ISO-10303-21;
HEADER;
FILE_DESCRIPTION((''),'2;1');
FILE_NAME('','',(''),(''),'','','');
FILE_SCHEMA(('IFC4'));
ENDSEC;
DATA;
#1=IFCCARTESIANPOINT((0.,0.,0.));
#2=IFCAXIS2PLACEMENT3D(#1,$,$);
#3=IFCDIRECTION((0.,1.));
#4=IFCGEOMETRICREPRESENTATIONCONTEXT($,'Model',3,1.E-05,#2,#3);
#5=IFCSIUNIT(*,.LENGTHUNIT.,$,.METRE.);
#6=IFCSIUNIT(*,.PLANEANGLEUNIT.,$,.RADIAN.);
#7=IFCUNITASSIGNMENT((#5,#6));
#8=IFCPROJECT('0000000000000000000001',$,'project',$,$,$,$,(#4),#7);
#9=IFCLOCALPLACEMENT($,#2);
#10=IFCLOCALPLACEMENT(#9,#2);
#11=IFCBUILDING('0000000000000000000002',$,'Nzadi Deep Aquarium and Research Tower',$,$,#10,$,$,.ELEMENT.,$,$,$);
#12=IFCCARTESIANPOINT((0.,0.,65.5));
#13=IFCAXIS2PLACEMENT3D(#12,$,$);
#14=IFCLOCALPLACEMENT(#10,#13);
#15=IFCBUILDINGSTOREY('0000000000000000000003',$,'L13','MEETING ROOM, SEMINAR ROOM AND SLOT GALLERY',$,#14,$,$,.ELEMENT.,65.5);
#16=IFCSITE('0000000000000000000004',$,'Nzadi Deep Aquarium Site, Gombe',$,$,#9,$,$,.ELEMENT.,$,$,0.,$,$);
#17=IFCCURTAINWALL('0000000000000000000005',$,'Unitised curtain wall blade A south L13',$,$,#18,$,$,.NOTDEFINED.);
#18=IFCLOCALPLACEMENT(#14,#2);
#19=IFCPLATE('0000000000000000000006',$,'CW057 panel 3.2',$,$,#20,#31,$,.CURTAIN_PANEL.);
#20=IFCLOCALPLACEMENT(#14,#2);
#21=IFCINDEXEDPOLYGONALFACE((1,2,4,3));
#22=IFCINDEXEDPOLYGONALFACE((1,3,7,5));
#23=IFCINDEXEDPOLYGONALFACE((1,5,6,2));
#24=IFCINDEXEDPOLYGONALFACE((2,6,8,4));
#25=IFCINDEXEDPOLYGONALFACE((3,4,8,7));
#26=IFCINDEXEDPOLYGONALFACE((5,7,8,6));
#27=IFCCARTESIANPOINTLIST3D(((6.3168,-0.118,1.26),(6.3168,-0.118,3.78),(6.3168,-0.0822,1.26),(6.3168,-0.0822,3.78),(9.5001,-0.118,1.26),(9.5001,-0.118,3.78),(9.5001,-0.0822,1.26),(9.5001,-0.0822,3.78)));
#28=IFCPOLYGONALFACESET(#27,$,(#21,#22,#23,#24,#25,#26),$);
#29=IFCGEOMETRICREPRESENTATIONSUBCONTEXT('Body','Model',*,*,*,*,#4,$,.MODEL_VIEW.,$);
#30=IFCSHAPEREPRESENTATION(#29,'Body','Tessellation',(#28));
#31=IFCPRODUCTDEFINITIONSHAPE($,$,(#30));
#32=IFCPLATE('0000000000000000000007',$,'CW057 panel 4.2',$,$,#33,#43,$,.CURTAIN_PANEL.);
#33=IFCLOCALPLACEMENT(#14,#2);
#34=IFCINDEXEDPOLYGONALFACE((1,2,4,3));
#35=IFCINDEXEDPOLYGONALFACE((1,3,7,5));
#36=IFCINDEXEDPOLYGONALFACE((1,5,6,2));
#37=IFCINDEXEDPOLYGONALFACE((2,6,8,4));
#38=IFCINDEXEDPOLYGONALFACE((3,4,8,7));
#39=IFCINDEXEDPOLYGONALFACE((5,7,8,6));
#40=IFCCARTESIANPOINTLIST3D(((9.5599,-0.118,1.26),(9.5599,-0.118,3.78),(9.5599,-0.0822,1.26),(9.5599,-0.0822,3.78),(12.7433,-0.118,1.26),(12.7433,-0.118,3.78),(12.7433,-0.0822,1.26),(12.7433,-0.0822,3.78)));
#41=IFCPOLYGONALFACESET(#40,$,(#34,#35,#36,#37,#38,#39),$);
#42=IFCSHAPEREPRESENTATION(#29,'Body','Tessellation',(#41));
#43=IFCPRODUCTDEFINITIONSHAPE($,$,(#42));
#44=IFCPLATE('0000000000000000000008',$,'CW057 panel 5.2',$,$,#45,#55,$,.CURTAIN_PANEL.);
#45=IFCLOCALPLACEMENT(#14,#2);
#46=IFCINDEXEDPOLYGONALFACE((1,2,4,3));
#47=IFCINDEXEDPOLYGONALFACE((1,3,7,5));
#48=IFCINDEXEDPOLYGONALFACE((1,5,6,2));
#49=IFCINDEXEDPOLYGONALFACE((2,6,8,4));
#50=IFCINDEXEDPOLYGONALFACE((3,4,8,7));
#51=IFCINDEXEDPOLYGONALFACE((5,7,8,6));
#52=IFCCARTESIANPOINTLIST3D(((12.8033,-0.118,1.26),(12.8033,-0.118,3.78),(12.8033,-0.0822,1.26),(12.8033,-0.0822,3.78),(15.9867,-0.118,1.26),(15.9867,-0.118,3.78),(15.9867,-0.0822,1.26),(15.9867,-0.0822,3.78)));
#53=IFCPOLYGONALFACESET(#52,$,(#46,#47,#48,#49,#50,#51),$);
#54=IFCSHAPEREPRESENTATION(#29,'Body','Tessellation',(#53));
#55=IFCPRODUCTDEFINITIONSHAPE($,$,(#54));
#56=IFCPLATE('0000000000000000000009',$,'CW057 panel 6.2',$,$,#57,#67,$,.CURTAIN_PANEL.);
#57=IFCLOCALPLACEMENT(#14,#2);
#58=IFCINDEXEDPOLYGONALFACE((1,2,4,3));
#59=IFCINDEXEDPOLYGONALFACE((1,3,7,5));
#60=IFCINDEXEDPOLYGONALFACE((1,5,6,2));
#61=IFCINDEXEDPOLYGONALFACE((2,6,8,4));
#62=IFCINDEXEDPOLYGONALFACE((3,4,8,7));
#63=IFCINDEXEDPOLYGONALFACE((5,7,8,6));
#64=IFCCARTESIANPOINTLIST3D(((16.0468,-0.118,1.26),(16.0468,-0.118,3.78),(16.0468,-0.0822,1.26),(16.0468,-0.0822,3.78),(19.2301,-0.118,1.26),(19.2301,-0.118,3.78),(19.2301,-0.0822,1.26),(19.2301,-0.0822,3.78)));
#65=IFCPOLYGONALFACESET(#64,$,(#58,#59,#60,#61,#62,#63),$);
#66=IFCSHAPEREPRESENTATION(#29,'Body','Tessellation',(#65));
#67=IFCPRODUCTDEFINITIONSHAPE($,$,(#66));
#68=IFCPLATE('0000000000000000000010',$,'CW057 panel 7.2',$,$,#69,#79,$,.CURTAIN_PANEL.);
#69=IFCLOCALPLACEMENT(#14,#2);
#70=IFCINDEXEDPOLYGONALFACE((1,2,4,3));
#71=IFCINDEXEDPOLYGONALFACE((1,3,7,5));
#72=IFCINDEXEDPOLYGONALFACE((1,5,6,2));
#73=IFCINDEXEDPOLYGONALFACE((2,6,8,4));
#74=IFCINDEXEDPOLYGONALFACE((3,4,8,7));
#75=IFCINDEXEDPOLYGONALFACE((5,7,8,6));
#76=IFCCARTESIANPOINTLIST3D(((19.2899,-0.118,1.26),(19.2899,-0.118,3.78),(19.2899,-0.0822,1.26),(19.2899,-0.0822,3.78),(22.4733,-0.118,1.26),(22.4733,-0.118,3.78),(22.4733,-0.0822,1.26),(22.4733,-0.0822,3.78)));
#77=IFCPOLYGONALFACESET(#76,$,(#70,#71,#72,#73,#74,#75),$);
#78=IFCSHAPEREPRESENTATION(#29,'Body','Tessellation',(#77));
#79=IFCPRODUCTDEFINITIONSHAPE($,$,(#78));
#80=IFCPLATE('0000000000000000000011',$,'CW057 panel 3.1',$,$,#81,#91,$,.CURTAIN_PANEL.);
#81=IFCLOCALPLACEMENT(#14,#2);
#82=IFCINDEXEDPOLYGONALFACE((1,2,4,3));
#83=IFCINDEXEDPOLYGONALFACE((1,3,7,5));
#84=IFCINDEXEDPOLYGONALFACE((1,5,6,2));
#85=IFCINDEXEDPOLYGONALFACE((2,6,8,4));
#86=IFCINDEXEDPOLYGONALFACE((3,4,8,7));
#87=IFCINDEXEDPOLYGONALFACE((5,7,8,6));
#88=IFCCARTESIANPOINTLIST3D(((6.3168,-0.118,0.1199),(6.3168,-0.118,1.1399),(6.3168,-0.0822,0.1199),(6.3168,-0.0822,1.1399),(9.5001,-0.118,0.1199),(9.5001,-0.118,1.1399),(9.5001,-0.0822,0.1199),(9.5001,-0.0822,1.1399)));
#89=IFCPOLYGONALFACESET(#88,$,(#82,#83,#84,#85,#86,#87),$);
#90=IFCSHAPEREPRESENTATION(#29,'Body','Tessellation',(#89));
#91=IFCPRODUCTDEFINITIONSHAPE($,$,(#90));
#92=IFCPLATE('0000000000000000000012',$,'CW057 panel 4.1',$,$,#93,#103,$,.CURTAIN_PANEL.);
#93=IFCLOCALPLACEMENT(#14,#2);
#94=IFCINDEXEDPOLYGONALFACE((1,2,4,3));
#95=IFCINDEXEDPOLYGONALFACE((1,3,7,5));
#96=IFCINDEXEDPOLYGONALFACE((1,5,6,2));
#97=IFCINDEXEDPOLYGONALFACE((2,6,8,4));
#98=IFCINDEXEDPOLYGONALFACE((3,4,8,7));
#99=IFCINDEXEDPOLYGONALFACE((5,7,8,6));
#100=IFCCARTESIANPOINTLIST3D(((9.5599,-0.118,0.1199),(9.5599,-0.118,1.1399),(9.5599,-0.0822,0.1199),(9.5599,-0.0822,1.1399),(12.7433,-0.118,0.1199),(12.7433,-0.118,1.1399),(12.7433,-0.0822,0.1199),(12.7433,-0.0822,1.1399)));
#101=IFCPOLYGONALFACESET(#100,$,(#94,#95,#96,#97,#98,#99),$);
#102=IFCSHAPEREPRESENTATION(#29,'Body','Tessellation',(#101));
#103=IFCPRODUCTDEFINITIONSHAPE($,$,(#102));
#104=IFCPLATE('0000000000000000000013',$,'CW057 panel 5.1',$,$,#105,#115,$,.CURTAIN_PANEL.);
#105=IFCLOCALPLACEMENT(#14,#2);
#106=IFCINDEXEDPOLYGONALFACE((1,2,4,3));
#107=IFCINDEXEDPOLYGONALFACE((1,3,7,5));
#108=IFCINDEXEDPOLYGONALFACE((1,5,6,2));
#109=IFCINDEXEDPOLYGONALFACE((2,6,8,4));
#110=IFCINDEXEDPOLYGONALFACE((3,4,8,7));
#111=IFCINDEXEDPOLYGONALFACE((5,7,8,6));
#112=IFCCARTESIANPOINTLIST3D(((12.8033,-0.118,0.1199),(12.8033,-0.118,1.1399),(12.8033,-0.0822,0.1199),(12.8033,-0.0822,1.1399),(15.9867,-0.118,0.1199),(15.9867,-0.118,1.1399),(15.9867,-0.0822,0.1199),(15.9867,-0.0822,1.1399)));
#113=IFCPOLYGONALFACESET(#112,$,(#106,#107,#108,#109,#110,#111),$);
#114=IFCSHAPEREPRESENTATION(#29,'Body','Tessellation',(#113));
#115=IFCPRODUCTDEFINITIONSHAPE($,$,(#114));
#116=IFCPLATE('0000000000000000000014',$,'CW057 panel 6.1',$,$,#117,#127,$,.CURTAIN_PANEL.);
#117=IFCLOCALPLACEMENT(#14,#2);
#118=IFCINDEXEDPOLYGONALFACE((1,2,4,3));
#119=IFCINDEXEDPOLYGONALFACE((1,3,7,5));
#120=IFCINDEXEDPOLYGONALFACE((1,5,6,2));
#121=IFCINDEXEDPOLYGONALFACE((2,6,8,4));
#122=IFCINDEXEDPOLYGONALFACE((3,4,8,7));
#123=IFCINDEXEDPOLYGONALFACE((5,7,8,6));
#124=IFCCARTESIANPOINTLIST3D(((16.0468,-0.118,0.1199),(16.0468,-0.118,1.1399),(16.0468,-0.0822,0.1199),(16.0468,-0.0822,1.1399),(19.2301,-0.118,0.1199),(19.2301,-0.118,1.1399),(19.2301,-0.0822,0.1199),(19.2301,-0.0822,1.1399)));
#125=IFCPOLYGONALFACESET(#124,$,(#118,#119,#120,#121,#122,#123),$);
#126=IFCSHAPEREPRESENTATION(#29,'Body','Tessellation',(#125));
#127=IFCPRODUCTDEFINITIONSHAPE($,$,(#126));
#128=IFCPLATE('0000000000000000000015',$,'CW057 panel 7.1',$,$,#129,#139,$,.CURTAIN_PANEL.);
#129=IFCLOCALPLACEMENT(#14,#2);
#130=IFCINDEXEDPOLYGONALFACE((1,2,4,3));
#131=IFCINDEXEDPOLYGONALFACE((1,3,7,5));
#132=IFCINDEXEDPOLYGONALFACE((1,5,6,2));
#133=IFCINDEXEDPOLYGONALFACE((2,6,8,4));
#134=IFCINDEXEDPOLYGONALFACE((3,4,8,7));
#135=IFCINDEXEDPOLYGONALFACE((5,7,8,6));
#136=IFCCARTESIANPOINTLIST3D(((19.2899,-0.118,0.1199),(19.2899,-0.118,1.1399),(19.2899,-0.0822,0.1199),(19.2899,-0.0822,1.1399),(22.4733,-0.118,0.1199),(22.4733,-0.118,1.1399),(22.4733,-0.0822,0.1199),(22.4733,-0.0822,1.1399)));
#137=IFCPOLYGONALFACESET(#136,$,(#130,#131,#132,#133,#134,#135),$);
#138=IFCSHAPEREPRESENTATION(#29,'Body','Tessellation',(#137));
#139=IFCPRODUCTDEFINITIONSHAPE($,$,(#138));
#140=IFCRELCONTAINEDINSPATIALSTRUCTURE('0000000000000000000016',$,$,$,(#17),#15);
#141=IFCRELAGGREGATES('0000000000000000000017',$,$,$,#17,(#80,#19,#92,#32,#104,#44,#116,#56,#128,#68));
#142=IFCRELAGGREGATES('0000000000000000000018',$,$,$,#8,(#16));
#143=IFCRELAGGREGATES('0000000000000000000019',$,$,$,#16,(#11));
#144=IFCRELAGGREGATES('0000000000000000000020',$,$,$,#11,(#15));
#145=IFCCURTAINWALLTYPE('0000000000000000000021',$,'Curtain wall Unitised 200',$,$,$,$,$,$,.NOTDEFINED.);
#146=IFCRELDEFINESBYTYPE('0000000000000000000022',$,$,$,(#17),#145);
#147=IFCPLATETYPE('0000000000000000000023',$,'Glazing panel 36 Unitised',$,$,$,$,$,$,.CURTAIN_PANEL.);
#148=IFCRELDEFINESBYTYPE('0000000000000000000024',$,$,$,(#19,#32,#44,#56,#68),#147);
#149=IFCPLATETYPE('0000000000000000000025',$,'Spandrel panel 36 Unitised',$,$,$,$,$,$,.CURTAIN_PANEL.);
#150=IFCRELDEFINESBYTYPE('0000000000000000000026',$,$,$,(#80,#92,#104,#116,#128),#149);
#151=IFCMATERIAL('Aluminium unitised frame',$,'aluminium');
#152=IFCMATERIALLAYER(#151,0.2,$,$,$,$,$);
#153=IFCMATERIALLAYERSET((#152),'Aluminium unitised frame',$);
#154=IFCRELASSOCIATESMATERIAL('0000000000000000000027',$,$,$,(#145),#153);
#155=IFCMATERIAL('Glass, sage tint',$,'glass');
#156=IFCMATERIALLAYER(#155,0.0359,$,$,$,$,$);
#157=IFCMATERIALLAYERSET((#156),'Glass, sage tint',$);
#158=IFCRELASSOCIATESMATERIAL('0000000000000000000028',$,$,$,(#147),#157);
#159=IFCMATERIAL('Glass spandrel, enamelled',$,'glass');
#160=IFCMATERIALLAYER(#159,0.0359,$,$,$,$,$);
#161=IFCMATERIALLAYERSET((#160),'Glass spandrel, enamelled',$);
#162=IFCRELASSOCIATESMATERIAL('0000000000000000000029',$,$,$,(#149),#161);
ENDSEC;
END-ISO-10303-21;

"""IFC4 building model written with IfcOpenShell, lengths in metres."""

from ifc_helpers import new_model, si_unit, direction, frame, origin, origin_2d, place, context, subcontext, project, spatial, rectangle, extrude, material, layer, layer_set, type_object, element, aggregate, save


model = new_model("IFC4")

# Units and contexts
model_context = context("Model", 3, precision=1e-05, world=origin(), true_north=direction((0.0, 1.0)))
body_context = subcontext(model_context, "Body", "Model", "MODEL_VIEW")
ifc_project = project(units=[si_unit("LENGTHUNIT", "METRE"), si_unit("PLANEANGLEUNIT", "RADIAN")], contexts=[model_context])

# Site, building, storey
site_placement = place(None, origin())
site = spatial("IfcSite", under=ifc_project, at=site_placement, Name="Nzadi Deep Aquarium Site, Gombe", CompositionType="ELEMENT", RefElevation=0.0)
building_placement = place(site_placement, origin())
building = spatial("IfcBuilding", under=site, at=building_placement, Name="Nzadi Deep Aquarium and Research Tower", CompositionType="ELEMENT")
storey_placement = place(building_placement, frame((0.0, 0.0, 65.5)))
storey = spatial("IfcBuildingStorey", under=building, at=storey_placement, Name="L13", Description="MEETING ROOM, SEMINAR ROOM AND SLOT GALLERY", CompositionType="ELEMENT", Elevation=65.5)

# Curtain wall
ifc_material_1 = material(Name="Aluminium unitised frame", Category="aluminium")
ifc_layer_1 = layer(ifc_material_1, 0.2)
ifc_layer_set_1 = layer_set([ifc_layer_1], Name="Aluminium unitised frame")
curtain_wall_type = type_object("IfcCurtainWallType", Name="Curtain wall Unitised 200", PredefinedType="NOTDEFINED", material=ifc_layer_set_1)
curtain_wall_placement = place(storey_placement, origin())
curtain_wall = element("IfcCurtainWall", 1, at=curtain_wall_placement, inside=storey, type_object=curtain_wall_type, Name="Unitised curtain wall blade A south L13", PredefinedType="NOTDEFINED")

# Plates
ifc_material_2 = material(Name="Glass, sage tint", Category="glass")
ifc_layer_2 = layer(ifc_material_2, 0.0359)
ifc_layer_set_2 = layer_set([ifc_layer_2], Name="Glass, sage tint")
plate_type_1 = type_object("IfcPlateType", Name="Glazing panel 36 Unitised", PredefinedType="CURTAIN_PANEL", material=ifc_layer_set_2)
plate_1_placement = place(storey_placement, frame((7.9084, -0.1001, 1.26), z_axis=(0.0, 0.0, 1.0), x_axis=(1.0, 0.0, 0.0)))
plate_1 = element("IfcPlate", 2, at=plate_1_placement, type_object=plate_type_1, Name="CW057 panel 3.2", PredefinedType="CURTAIN_PANEL", context=body_context, shape_type="SweptSolid", body=[
    extrude(rectangle(XDim=3.1833, YDim=0.0359, at=origin_2d()), origin(), (0.0, 0.0, 1.0), 2.52),
])
plate_2_placement = place(storey_placement, frame((11.1516, -0.1001, 1.26), z_axis=(0.0, 0.0, 1.0), x_axis=(1.0, 0.0, 0.0)))
plate_2 = element("IfcPlate", 3, at=plate_2_placement, type_object=plate_type_1, Name="CW057 panel 4.2", PredefinedType="CURTAIN_PANEL", context=body_context, shape_type="SweptSolid", body=[
    extrude(rectangle(XDim=3.1833, YDim=0.0359, at=origin_2d()), origin(), (0.0, 0.0, 1.0), 2.52),
])
plate_3_placement = place(storey_placement, frame((14.395, -0.1001, 1.26), z_axis=(0.0, 0.0, 1.0), x_axis=(1.0, 0.0, 0.0)))
plate_3 = element("IfcPlate", 4, at=plate_3_placement, type_object=plate_type_1, Name="CW057 panel 5.2", PredefinedType="CURTAIN_PANEL", context=body_context, shape_type="SweptSolid", body=[
    extrude(rectangle(XDim=3.1833, YDim=0.0359, at=origin_2d()), origin(), (0.0, 0.0, 1.0), 2.52),
])
plate_4_placement = place(storey_placement, frame((17.6384, -0.1001, 1.26), z_axis=(0.0, 0.0, 1.0), x_axis=(1.0, 0.0, 0.0)))
plate_4 = element("IfcPlate", 5, at=plate_4_placement, type_object=plate_type_1, Name="CW057 panel 6.2", PredefinedType="CURTAIN_PANEL", context=body_context, shape_type="SweptSolid", body=[
    extrude(rectangle(XDim=3.1833, YDim=0.0359, at=origin_2d()), origin(), (0.0, 0.0, 1.0), 2.52),
])
plate_5_placement = place(storey_placement, frame((20.8816, -0.1001, 1.26), z_axis=(0.0, 0.0, 1.0), x_axis=(1.0, 0.0, 0.0)))
plate_5 = element("IfcPlate", 6, at=plate_5_placement, type_object=plate_type_1, Name="CW057 panel 7.2", PredefinedType="CURTAIN_PANEL", context=body_context, shape_type="SweptSolid", body=[
    extrude(rectangle(XDim=3.1833, YDim=0.0359, at=origin_2d()), origin(), (0.0, 0.0, 1.0), 2.52),
])
ifc_material_3 = material(Name="Glass spandrel, enamelled", Category="glass")
ifc_layer_3 = layer(ifc_material_3, 0.0359)
ifc_layer_set_3 = layer_set([ifc_layer_3], Name="Glass spandrel, enamelled")
plate_type_2 = type_object("IfcPlateType", Name="Spandrel panel 36 Unitised", PredefinedType="CURTAIN_PANEL", material=ifc_layer_set_3)
plate_6_placement = place(storey_placement, frame((7.9084, -0.1001, 0.1199), z_axis=(0.0, 0.0, 1.0), x_axis=(1.0, 0.0, 0.0)))
plate_6 = element("IfcPlate", 7, at=plate_6_placement, type_object=plate_type_2, Name="CW057 panel 3.1", PredefinedType="CURTAIN_PANEL", context=body_context, shape_type="SweptSolid", body=[
    extrude(rectangle(XDim=3.1833, YDim=0.0359, at=origin_2d()), origin(), (0.0, 0.0, 1.0), 1.02),
])
plate_7_placement = place(storey_placement, frame((11.1516, -0.1001, 0.1199), z_axis=(0.0, 0.0, 1.0), x_axis=(1.0, 0.0, 0.0)))
plate_7 = element("IfcPlate", 8, at=plate_7_placement, type_object=plate_type_2, Name="CW057 panel 4.1", PredefinedType="CURTAIN_PANEL", context=body_context, shape_type="SweptSolid", body=[
    extrude(rectangle(XDim=3.1833, YDim=0.0359, at=origin_2d()), origin(), (0.0, 0.0, 1.0), 1.02),
])
plate_8_placement = place(storey_placement, frame((14.395, -0.1001, 0.1199), z_axis=(0.0, 0.0, 1.0), x_axis=(1.0, 0.0, 0.0)))
plate_8 = element("IfcPlate", 9, at=plate_8_placement, type_object=plate_type_2, Name="CW057 panel 5.1", PredefinedType="CURTAIN_PANEL", context=body_context, shape_type="SweptSolid", body=[
    extrude(rectangle(XDim=3.1833, YDim=0.0359, at=origin_2d()), origin(), (0.0, 0.0, 1.0), 1.02),
])
plate_9_placement = place(storey_placement, frame((17.6384, -0.1001, 0.1199), z_axis=(0.0, 0.0, 1.0), x_axis=(1.0, 0.0, 0.0)))
plate_9 = element("IfcPlate", 10, at=plate_9_placement, type_object=plate_type_2, Name="CW057 panel 6.1", PredefinedType="CURTAIN_PANEL", context=body_context, shape_type="SweptSolid", body=[
    extrude(rectangle(XDim=3.1833, YDim=0.0359, at=origin_2d()), origin(), (0.0, 0.0, 1.0), 1.02),
])
plate_10_placement = place(storey_placement, frame((20.8816, -0.1001, 0.1199), z_axis=(0.0, 0.0, 1.0), x_axis=(1.0, 0.0, 0.0)))
plate_10 = element("IfcPlate", 11, at=plate_10_placement, type_object=plate_type_2, Name="CW057 panel 7.1", PredefinedType="CURTAIN_PANEL", context=body_context, shape_type="SweptSolid", body=[
    extrude(rectangle(XDim=3.1833, YDim=0.0359, at=origin_2d()), origin(), (0.0, 0.0, 1.0), 1.02),
])
aggregate(curtain_wall, [plate_6, plate_1, plate_7, plate_2, plate_8, plate_3, plate_9, plate_4, plate_10, plate_5])

save(model, "model.ifc")
